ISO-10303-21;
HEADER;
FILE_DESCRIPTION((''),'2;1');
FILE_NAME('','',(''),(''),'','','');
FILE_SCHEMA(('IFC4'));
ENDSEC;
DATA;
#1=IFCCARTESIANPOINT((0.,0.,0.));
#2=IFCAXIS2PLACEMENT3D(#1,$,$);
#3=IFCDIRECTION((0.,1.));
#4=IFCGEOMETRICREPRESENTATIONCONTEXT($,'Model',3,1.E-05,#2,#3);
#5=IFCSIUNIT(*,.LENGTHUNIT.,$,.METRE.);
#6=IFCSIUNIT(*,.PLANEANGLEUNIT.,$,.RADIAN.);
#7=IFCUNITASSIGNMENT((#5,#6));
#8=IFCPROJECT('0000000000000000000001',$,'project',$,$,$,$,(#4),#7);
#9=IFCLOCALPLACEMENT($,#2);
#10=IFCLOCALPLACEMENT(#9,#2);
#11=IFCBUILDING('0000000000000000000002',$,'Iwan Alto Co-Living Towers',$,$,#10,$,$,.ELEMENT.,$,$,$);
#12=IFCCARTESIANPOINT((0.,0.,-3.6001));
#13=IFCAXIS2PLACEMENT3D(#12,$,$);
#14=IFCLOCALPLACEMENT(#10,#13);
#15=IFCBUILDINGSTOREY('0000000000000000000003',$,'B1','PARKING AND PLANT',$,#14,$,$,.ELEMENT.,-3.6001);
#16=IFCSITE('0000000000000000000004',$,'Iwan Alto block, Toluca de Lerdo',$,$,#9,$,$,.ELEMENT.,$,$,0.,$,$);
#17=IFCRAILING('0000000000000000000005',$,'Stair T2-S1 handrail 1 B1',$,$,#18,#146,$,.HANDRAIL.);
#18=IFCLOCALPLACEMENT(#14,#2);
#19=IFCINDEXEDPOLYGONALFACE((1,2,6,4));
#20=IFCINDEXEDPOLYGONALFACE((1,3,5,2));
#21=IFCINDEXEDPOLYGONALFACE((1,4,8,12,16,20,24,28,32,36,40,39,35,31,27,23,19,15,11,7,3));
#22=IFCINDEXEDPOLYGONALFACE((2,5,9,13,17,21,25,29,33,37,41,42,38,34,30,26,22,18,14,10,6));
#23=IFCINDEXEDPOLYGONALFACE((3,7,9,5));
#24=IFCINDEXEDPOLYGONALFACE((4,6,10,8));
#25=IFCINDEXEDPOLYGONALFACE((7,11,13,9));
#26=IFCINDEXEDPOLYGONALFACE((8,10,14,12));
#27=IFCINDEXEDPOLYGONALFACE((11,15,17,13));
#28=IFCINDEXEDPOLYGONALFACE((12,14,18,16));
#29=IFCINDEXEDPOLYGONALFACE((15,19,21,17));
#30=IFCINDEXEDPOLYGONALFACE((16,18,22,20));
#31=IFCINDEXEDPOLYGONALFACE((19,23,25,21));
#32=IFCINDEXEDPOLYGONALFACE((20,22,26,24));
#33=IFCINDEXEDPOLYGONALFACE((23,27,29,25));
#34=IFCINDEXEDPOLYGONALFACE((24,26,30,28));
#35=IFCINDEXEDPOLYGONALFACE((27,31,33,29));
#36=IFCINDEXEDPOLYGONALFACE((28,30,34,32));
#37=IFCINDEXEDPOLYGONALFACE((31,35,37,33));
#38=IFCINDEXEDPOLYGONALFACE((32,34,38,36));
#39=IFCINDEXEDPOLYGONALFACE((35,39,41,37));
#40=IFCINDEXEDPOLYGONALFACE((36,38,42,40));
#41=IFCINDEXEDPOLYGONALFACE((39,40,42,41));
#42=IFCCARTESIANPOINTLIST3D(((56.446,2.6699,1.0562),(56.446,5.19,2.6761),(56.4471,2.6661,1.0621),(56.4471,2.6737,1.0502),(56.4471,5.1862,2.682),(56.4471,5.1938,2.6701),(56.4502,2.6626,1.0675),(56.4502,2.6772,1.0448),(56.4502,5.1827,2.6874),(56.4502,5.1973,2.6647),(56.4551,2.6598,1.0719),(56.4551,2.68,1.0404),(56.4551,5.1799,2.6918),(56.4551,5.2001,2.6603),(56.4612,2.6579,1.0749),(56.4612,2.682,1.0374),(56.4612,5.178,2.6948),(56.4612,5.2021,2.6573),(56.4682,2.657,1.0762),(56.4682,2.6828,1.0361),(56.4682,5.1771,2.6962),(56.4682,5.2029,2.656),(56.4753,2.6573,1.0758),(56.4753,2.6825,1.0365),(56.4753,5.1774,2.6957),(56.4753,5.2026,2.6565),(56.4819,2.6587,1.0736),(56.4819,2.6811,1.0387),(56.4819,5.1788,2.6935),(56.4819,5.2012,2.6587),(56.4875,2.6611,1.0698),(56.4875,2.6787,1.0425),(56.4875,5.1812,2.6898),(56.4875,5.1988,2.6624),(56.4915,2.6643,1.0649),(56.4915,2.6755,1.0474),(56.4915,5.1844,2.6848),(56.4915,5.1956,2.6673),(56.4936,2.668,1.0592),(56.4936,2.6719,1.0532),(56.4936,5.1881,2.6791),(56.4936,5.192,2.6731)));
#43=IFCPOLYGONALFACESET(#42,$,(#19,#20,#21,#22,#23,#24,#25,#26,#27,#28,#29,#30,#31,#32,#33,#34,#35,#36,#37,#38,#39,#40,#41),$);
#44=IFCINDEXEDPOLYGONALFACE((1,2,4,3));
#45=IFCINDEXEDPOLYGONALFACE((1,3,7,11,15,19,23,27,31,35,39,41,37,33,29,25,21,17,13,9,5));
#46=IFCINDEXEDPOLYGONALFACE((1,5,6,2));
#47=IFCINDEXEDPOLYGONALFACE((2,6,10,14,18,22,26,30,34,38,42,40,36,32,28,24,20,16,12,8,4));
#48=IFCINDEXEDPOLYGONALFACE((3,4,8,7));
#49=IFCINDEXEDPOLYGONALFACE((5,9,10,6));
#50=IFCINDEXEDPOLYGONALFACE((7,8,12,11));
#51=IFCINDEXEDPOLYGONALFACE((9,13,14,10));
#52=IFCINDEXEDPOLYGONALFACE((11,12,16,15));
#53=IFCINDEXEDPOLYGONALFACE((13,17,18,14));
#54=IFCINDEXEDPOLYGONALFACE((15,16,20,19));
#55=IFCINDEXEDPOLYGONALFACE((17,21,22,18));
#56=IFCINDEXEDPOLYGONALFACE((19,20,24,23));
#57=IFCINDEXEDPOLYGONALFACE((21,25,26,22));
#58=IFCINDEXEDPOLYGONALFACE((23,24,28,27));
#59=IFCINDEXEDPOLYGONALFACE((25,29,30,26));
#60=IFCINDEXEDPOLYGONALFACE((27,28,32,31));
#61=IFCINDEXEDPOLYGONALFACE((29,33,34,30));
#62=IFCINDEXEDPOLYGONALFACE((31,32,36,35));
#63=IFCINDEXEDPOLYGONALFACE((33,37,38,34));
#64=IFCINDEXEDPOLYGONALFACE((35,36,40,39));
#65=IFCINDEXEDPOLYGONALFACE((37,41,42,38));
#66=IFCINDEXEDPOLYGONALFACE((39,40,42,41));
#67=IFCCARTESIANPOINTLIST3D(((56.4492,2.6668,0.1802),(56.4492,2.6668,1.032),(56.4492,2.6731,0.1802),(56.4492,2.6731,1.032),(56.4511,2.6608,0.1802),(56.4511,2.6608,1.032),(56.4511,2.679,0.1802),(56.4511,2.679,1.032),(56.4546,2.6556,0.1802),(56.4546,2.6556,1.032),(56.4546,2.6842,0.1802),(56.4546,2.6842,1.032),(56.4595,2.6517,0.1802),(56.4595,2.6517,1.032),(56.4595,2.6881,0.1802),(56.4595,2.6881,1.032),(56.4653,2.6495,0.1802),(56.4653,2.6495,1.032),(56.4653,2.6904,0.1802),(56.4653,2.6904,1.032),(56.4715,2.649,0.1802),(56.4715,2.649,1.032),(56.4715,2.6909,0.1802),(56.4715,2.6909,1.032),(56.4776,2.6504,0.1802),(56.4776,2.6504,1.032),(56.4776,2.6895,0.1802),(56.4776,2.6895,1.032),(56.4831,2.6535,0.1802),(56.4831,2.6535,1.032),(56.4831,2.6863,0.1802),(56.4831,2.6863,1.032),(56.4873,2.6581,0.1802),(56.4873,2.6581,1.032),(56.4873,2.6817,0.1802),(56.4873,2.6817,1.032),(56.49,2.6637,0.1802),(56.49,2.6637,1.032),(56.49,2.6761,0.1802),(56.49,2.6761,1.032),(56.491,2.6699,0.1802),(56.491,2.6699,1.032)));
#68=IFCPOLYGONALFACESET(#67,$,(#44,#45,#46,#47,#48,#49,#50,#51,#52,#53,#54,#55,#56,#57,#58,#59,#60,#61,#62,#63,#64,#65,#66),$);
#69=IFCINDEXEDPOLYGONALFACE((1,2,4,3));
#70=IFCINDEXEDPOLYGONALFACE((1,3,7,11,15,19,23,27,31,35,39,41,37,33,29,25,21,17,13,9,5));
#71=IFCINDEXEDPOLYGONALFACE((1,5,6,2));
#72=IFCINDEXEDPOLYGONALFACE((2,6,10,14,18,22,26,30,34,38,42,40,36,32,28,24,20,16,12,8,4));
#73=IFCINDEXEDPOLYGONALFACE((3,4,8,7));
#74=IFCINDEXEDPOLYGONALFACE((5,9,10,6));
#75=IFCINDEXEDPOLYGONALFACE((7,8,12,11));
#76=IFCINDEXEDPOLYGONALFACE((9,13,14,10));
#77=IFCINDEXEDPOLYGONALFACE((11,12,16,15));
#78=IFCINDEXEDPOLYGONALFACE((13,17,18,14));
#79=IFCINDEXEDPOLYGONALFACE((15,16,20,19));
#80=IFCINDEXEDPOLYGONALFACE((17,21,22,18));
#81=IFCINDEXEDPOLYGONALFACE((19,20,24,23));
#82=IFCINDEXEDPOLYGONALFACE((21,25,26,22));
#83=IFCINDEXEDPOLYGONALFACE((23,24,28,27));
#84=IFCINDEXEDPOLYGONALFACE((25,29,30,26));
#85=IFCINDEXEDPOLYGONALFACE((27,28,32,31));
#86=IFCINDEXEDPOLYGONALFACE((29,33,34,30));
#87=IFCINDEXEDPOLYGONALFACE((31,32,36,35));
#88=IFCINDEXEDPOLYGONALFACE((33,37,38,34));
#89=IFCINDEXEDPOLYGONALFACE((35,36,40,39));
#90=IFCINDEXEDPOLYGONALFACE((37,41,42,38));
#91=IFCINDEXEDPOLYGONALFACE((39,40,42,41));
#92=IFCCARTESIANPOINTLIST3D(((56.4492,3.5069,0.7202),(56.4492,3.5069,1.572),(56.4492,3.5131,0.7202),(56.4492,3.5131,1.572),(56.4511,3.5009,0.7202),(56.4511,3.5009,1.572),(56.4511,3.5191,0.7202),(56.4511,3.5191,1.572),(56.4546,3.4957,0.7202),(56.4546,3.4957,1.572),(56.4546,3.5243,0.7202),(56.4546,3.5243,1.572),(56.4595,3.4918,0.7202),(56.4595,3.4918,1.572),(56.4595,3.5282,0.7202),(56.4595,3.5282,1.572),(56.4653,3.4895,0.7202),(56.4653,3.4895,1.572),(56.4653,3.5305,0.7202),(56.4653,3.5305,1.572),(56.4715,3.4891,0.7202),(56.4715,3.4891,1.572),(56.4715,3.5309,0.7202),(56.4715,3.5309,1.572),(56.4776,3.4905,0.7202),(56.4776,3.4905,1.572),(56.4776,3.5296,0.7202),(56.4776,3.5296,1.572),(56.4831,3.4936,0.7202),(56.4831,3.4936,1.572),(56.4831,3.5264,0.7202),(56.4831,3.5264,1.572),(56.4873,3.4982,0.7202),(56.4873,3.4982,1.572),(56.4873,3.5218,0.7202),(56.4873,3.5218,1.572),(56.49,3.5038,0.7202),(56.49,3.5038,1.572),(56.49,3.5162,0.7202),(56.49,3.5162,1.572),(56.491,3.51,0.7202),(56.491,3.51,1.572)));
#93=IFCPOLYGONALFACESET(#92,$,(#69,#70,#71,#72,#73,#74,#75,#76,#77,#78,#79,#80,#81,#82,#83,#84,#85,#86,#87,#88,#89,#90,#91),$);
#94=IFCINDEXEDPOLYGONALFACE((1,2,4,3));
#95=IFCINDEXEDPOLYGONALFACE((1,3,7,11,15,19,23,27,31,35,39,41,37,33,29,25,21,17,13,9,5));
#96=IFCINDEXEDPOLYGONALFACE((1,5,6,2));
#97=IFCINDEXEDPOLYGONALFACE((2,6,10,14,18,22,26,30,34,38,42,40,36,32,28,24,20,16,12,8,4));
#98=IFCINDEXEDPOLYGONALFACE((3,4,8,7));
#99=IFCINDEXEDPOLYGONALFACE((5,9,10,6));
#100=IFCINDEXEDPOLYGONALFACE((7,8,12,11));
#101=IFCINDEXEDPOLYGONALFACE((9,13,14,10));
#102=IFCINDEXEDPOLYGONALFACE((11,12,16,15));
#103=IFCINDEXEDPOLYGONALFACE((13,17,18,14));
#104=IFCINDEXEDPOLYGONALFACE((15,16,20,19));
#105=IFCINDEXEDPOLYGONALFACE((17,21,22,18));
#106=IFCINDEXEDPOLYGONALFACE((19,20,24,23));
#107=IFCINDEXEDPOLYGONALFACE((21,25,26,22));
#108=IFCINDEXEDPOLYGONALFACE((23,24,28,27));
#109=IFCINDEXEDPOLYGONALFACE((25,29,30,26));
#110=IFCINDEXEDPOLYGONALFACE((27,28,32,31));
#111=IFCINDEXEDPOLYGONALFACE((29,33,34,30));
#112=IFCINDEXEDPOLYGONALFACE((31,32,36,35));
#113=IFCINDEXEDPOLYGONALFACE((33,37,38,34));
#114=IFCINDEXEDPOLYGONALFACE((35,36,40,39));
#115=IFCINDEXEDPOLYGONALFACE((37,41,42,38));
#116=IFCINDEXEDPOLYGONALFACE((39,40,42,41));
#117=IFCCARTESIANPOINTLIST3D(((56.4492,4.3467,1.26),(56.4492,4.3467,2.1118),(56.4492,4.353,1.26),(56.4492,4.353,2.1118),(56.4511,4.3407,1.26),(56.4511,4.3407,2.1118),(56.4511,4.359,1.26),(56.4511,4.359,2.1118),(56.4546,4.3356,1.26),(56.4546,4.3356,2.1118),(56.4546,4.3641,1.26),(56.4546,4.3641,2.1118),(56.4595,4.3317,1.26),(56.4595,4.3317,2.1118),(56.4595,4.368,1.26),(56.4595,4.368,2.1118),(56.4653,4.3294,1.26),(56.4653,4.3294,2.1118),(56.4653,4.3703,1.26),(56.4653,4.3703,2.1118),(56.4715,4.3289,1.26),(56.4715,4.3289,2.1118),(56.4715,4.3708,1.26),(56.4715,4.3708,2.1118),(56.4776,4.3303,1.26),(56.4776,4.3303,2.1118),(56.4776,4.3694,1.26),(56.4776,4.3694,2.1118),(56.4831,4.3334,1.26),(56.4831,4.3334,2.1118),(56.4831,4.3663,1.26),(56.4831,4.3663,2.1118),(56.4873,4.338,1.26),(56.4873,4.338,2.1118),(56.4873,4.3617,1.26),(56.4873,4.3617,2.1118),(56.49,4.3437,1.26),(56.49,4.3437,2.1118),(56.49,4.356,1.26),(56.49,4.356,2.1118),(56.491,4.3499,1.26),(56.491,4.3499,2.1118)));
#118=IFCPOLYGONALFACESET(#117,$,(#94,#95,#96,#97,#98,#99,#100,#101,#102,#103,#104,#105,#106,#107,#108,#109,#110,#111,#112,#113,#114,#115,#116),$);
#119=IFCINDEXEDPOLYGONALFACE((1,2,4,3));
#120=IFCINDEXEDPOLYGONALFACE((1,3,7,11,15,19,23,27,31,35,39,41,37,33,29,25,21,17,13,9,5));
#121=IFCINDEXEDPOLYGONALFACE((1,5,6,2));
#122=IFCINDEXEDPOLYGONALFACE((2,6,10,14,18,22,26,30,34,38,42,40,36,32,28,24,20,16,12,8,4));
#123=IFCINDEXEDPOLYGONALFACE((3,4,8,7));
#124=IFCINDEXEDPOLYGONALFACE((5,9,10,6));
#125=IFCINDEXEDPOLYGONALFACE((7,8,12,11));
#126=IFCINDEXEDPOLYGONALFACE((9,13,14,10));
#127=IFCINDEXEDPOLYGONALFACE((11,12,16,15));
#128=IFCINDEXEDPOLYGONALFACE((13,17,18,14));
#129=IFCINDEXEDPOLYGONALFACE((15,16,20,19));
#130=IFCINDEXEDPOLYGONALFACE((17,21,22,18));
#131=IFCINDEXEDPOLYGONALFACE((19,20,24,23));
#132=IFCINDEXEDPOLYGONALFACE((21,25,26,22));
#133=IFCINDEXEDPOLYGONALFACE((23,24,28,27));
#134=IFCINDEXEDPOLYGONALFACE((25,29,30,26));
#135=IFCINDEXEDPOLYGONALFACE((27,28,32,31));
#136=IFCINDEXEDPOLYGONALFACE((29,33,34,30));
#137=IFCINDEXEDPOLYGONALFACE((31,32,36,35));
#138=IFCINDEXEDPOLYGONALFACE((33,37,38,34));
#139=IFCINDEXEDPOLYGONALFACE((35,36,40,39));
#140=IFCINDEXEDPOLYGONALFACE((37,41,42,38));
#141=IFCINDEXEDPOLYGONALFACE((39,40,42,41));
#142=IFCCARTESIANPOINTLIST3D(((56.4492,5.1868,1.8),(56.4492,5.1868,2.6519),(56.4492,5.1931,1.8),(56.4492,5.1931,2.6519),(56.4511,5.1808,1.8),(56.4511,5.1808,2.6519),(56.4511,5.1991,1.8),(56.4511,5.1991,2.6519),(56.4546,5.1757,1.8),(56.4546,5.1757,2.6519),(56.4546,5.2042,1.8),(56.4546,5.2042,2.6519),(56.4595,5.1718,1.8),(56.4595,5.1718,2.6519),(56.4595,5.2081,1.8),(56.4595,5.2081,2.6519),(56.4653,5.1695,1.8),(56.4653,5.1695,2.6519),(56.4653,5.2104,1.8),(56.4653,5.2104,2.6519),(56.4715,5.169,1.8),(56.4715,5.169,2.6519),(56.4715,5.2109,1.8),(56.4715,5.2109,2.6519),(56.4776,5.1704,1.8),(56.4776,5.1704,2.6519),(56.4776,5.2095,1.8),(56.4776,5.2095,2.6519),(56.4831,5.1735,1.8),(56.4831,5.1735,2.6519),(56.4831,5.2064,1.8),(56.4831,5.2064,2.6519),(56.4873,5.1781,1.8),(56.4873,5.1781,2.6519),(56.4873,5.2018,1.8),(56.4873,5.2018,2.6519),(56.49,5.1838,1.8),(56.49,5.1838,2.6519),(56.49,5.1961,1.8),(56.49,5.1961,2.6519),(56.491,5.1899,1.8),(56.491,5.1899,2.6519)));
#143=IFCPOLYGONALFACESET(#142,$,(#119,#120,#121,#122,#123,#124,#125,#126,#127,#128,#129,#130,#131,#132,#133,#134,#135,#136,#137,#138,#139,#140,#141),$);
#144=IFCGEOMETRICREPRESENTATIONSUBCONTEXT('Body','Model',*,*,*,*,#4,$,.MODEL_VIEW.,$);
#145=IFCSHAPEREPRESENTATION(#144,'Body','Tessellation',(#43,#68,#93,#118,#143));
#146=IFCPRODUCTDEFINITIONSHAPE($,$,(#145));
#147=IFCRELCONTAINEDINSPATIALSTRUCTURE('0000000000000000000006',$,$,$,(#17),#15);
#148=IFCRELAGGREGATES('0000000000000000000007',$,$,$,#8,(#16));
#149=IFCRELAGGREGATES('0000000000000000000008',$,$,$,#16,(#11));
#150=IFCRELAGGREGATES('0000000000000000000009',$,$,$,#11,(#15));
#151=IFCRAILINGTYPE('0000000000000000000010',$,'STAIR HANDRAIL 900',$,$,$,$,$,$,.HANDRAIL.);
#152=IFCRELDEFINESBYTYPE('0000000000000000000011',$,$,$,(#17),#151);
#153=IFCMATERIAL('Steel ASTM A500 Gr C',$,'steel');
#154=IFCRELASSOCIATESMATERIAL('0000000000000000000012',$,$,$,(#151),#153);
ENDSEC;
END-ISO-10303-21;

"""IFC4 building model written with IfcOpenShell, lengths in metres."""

from ifc_helpers import new_model, si_unit, direction, frame, origin, origin_2d, place, context, subcontext, project, spatial, circle, extrude, material, type_object, element, save


model = new_model("IFC4")

# Units and contexts
model_context = context("Model", 3, precision=1e-05, world=origin(), true_north=direction((0.0, 1.0)))
body_context = subcontext(model_context, "Body", "Model", "MODEL_VIEW")
ifc_project = project(units=[si_unit("LENGTHUNIT", "METRE"), si_unit("PLANEANGLEUNIT", "RADIAN")], contexts=[model_context])

# Site, building, storey
site_placement = place(None, origin())
site = spatial("IfcSite", under=ifc_project, at=site_placement, Name="Iwan Alto block, Toluca de Lerdo", CompositionType="ELEMENT", RefElevation=0.0)
building_placement = place(site_placement, origin())
building = spatial("IfcBuilding", under=site, at=building_placement, Name="Iwan Alto Co-Living Towers", CompositionType="ELEMENT")
storey_placement = place(building_placement, frame((0.0, 0.0, -3.6001)))
storey = spatial("IfcBuildingStorey", under=building, at=storey_placement, Name="B1", Description="PARKING AND PLANT", CompositionType="ELEMENT", Elevation=-3.6001)

# Railing
ifc_material_1 = material(Name="Steel ASTM A500 Gr C", Category="steel")
railing_type_1 = type_object("IfcRailingType", Name="STAIR HANDRAIL 900", PredefinedType="HANDRAIL", material=ifc_material_1)
railing_1_placement = place(storey_placement, frame((56.47, 2.6699, 0.1802)))
element("IfcRailing", 1, at=railing_1_placement, inside=storey, type_object=railing_type_1, Name="Stair T2-S1 handrail 1 B1", PredefinedType="HANDRAIL", context=body_context, shape_type="SweptSolid", body=[
    extrude(circle(Radius=0.0239, at=origin_2d()), frame((0.0, 0.0, 0.876), z_axis=(0.0, 0.8412, 0.540725), x_axis=(-1.0, 0.0, 0.0)), (0.0, 0.0, 1.0), 2.9958),
    extrude(circle(Radius=0.021, at=origin_2d()), origin(), (0.0, 0.0, 1.0), 0.8518),
    extrude(circle(Radius=0.021, at=origin_2d()), frame((0.0, 0.8401, 0.54)), (0.0, 0.0, 1.0), 0.8518),
    extrude(circle(Radius=0.021, at=origin_2d()), frame((0.0, 1.6799, 1.0798)), (0.0, 0.0, 1.0), 0.8518),
    extrude(circle(Radius=0.021, at=origin_2d()), frame((0.0, 2.52, 1.6199)), (0.0, 0.0, 1.0), 0.8518),
])

save(model, "model.ifc")
